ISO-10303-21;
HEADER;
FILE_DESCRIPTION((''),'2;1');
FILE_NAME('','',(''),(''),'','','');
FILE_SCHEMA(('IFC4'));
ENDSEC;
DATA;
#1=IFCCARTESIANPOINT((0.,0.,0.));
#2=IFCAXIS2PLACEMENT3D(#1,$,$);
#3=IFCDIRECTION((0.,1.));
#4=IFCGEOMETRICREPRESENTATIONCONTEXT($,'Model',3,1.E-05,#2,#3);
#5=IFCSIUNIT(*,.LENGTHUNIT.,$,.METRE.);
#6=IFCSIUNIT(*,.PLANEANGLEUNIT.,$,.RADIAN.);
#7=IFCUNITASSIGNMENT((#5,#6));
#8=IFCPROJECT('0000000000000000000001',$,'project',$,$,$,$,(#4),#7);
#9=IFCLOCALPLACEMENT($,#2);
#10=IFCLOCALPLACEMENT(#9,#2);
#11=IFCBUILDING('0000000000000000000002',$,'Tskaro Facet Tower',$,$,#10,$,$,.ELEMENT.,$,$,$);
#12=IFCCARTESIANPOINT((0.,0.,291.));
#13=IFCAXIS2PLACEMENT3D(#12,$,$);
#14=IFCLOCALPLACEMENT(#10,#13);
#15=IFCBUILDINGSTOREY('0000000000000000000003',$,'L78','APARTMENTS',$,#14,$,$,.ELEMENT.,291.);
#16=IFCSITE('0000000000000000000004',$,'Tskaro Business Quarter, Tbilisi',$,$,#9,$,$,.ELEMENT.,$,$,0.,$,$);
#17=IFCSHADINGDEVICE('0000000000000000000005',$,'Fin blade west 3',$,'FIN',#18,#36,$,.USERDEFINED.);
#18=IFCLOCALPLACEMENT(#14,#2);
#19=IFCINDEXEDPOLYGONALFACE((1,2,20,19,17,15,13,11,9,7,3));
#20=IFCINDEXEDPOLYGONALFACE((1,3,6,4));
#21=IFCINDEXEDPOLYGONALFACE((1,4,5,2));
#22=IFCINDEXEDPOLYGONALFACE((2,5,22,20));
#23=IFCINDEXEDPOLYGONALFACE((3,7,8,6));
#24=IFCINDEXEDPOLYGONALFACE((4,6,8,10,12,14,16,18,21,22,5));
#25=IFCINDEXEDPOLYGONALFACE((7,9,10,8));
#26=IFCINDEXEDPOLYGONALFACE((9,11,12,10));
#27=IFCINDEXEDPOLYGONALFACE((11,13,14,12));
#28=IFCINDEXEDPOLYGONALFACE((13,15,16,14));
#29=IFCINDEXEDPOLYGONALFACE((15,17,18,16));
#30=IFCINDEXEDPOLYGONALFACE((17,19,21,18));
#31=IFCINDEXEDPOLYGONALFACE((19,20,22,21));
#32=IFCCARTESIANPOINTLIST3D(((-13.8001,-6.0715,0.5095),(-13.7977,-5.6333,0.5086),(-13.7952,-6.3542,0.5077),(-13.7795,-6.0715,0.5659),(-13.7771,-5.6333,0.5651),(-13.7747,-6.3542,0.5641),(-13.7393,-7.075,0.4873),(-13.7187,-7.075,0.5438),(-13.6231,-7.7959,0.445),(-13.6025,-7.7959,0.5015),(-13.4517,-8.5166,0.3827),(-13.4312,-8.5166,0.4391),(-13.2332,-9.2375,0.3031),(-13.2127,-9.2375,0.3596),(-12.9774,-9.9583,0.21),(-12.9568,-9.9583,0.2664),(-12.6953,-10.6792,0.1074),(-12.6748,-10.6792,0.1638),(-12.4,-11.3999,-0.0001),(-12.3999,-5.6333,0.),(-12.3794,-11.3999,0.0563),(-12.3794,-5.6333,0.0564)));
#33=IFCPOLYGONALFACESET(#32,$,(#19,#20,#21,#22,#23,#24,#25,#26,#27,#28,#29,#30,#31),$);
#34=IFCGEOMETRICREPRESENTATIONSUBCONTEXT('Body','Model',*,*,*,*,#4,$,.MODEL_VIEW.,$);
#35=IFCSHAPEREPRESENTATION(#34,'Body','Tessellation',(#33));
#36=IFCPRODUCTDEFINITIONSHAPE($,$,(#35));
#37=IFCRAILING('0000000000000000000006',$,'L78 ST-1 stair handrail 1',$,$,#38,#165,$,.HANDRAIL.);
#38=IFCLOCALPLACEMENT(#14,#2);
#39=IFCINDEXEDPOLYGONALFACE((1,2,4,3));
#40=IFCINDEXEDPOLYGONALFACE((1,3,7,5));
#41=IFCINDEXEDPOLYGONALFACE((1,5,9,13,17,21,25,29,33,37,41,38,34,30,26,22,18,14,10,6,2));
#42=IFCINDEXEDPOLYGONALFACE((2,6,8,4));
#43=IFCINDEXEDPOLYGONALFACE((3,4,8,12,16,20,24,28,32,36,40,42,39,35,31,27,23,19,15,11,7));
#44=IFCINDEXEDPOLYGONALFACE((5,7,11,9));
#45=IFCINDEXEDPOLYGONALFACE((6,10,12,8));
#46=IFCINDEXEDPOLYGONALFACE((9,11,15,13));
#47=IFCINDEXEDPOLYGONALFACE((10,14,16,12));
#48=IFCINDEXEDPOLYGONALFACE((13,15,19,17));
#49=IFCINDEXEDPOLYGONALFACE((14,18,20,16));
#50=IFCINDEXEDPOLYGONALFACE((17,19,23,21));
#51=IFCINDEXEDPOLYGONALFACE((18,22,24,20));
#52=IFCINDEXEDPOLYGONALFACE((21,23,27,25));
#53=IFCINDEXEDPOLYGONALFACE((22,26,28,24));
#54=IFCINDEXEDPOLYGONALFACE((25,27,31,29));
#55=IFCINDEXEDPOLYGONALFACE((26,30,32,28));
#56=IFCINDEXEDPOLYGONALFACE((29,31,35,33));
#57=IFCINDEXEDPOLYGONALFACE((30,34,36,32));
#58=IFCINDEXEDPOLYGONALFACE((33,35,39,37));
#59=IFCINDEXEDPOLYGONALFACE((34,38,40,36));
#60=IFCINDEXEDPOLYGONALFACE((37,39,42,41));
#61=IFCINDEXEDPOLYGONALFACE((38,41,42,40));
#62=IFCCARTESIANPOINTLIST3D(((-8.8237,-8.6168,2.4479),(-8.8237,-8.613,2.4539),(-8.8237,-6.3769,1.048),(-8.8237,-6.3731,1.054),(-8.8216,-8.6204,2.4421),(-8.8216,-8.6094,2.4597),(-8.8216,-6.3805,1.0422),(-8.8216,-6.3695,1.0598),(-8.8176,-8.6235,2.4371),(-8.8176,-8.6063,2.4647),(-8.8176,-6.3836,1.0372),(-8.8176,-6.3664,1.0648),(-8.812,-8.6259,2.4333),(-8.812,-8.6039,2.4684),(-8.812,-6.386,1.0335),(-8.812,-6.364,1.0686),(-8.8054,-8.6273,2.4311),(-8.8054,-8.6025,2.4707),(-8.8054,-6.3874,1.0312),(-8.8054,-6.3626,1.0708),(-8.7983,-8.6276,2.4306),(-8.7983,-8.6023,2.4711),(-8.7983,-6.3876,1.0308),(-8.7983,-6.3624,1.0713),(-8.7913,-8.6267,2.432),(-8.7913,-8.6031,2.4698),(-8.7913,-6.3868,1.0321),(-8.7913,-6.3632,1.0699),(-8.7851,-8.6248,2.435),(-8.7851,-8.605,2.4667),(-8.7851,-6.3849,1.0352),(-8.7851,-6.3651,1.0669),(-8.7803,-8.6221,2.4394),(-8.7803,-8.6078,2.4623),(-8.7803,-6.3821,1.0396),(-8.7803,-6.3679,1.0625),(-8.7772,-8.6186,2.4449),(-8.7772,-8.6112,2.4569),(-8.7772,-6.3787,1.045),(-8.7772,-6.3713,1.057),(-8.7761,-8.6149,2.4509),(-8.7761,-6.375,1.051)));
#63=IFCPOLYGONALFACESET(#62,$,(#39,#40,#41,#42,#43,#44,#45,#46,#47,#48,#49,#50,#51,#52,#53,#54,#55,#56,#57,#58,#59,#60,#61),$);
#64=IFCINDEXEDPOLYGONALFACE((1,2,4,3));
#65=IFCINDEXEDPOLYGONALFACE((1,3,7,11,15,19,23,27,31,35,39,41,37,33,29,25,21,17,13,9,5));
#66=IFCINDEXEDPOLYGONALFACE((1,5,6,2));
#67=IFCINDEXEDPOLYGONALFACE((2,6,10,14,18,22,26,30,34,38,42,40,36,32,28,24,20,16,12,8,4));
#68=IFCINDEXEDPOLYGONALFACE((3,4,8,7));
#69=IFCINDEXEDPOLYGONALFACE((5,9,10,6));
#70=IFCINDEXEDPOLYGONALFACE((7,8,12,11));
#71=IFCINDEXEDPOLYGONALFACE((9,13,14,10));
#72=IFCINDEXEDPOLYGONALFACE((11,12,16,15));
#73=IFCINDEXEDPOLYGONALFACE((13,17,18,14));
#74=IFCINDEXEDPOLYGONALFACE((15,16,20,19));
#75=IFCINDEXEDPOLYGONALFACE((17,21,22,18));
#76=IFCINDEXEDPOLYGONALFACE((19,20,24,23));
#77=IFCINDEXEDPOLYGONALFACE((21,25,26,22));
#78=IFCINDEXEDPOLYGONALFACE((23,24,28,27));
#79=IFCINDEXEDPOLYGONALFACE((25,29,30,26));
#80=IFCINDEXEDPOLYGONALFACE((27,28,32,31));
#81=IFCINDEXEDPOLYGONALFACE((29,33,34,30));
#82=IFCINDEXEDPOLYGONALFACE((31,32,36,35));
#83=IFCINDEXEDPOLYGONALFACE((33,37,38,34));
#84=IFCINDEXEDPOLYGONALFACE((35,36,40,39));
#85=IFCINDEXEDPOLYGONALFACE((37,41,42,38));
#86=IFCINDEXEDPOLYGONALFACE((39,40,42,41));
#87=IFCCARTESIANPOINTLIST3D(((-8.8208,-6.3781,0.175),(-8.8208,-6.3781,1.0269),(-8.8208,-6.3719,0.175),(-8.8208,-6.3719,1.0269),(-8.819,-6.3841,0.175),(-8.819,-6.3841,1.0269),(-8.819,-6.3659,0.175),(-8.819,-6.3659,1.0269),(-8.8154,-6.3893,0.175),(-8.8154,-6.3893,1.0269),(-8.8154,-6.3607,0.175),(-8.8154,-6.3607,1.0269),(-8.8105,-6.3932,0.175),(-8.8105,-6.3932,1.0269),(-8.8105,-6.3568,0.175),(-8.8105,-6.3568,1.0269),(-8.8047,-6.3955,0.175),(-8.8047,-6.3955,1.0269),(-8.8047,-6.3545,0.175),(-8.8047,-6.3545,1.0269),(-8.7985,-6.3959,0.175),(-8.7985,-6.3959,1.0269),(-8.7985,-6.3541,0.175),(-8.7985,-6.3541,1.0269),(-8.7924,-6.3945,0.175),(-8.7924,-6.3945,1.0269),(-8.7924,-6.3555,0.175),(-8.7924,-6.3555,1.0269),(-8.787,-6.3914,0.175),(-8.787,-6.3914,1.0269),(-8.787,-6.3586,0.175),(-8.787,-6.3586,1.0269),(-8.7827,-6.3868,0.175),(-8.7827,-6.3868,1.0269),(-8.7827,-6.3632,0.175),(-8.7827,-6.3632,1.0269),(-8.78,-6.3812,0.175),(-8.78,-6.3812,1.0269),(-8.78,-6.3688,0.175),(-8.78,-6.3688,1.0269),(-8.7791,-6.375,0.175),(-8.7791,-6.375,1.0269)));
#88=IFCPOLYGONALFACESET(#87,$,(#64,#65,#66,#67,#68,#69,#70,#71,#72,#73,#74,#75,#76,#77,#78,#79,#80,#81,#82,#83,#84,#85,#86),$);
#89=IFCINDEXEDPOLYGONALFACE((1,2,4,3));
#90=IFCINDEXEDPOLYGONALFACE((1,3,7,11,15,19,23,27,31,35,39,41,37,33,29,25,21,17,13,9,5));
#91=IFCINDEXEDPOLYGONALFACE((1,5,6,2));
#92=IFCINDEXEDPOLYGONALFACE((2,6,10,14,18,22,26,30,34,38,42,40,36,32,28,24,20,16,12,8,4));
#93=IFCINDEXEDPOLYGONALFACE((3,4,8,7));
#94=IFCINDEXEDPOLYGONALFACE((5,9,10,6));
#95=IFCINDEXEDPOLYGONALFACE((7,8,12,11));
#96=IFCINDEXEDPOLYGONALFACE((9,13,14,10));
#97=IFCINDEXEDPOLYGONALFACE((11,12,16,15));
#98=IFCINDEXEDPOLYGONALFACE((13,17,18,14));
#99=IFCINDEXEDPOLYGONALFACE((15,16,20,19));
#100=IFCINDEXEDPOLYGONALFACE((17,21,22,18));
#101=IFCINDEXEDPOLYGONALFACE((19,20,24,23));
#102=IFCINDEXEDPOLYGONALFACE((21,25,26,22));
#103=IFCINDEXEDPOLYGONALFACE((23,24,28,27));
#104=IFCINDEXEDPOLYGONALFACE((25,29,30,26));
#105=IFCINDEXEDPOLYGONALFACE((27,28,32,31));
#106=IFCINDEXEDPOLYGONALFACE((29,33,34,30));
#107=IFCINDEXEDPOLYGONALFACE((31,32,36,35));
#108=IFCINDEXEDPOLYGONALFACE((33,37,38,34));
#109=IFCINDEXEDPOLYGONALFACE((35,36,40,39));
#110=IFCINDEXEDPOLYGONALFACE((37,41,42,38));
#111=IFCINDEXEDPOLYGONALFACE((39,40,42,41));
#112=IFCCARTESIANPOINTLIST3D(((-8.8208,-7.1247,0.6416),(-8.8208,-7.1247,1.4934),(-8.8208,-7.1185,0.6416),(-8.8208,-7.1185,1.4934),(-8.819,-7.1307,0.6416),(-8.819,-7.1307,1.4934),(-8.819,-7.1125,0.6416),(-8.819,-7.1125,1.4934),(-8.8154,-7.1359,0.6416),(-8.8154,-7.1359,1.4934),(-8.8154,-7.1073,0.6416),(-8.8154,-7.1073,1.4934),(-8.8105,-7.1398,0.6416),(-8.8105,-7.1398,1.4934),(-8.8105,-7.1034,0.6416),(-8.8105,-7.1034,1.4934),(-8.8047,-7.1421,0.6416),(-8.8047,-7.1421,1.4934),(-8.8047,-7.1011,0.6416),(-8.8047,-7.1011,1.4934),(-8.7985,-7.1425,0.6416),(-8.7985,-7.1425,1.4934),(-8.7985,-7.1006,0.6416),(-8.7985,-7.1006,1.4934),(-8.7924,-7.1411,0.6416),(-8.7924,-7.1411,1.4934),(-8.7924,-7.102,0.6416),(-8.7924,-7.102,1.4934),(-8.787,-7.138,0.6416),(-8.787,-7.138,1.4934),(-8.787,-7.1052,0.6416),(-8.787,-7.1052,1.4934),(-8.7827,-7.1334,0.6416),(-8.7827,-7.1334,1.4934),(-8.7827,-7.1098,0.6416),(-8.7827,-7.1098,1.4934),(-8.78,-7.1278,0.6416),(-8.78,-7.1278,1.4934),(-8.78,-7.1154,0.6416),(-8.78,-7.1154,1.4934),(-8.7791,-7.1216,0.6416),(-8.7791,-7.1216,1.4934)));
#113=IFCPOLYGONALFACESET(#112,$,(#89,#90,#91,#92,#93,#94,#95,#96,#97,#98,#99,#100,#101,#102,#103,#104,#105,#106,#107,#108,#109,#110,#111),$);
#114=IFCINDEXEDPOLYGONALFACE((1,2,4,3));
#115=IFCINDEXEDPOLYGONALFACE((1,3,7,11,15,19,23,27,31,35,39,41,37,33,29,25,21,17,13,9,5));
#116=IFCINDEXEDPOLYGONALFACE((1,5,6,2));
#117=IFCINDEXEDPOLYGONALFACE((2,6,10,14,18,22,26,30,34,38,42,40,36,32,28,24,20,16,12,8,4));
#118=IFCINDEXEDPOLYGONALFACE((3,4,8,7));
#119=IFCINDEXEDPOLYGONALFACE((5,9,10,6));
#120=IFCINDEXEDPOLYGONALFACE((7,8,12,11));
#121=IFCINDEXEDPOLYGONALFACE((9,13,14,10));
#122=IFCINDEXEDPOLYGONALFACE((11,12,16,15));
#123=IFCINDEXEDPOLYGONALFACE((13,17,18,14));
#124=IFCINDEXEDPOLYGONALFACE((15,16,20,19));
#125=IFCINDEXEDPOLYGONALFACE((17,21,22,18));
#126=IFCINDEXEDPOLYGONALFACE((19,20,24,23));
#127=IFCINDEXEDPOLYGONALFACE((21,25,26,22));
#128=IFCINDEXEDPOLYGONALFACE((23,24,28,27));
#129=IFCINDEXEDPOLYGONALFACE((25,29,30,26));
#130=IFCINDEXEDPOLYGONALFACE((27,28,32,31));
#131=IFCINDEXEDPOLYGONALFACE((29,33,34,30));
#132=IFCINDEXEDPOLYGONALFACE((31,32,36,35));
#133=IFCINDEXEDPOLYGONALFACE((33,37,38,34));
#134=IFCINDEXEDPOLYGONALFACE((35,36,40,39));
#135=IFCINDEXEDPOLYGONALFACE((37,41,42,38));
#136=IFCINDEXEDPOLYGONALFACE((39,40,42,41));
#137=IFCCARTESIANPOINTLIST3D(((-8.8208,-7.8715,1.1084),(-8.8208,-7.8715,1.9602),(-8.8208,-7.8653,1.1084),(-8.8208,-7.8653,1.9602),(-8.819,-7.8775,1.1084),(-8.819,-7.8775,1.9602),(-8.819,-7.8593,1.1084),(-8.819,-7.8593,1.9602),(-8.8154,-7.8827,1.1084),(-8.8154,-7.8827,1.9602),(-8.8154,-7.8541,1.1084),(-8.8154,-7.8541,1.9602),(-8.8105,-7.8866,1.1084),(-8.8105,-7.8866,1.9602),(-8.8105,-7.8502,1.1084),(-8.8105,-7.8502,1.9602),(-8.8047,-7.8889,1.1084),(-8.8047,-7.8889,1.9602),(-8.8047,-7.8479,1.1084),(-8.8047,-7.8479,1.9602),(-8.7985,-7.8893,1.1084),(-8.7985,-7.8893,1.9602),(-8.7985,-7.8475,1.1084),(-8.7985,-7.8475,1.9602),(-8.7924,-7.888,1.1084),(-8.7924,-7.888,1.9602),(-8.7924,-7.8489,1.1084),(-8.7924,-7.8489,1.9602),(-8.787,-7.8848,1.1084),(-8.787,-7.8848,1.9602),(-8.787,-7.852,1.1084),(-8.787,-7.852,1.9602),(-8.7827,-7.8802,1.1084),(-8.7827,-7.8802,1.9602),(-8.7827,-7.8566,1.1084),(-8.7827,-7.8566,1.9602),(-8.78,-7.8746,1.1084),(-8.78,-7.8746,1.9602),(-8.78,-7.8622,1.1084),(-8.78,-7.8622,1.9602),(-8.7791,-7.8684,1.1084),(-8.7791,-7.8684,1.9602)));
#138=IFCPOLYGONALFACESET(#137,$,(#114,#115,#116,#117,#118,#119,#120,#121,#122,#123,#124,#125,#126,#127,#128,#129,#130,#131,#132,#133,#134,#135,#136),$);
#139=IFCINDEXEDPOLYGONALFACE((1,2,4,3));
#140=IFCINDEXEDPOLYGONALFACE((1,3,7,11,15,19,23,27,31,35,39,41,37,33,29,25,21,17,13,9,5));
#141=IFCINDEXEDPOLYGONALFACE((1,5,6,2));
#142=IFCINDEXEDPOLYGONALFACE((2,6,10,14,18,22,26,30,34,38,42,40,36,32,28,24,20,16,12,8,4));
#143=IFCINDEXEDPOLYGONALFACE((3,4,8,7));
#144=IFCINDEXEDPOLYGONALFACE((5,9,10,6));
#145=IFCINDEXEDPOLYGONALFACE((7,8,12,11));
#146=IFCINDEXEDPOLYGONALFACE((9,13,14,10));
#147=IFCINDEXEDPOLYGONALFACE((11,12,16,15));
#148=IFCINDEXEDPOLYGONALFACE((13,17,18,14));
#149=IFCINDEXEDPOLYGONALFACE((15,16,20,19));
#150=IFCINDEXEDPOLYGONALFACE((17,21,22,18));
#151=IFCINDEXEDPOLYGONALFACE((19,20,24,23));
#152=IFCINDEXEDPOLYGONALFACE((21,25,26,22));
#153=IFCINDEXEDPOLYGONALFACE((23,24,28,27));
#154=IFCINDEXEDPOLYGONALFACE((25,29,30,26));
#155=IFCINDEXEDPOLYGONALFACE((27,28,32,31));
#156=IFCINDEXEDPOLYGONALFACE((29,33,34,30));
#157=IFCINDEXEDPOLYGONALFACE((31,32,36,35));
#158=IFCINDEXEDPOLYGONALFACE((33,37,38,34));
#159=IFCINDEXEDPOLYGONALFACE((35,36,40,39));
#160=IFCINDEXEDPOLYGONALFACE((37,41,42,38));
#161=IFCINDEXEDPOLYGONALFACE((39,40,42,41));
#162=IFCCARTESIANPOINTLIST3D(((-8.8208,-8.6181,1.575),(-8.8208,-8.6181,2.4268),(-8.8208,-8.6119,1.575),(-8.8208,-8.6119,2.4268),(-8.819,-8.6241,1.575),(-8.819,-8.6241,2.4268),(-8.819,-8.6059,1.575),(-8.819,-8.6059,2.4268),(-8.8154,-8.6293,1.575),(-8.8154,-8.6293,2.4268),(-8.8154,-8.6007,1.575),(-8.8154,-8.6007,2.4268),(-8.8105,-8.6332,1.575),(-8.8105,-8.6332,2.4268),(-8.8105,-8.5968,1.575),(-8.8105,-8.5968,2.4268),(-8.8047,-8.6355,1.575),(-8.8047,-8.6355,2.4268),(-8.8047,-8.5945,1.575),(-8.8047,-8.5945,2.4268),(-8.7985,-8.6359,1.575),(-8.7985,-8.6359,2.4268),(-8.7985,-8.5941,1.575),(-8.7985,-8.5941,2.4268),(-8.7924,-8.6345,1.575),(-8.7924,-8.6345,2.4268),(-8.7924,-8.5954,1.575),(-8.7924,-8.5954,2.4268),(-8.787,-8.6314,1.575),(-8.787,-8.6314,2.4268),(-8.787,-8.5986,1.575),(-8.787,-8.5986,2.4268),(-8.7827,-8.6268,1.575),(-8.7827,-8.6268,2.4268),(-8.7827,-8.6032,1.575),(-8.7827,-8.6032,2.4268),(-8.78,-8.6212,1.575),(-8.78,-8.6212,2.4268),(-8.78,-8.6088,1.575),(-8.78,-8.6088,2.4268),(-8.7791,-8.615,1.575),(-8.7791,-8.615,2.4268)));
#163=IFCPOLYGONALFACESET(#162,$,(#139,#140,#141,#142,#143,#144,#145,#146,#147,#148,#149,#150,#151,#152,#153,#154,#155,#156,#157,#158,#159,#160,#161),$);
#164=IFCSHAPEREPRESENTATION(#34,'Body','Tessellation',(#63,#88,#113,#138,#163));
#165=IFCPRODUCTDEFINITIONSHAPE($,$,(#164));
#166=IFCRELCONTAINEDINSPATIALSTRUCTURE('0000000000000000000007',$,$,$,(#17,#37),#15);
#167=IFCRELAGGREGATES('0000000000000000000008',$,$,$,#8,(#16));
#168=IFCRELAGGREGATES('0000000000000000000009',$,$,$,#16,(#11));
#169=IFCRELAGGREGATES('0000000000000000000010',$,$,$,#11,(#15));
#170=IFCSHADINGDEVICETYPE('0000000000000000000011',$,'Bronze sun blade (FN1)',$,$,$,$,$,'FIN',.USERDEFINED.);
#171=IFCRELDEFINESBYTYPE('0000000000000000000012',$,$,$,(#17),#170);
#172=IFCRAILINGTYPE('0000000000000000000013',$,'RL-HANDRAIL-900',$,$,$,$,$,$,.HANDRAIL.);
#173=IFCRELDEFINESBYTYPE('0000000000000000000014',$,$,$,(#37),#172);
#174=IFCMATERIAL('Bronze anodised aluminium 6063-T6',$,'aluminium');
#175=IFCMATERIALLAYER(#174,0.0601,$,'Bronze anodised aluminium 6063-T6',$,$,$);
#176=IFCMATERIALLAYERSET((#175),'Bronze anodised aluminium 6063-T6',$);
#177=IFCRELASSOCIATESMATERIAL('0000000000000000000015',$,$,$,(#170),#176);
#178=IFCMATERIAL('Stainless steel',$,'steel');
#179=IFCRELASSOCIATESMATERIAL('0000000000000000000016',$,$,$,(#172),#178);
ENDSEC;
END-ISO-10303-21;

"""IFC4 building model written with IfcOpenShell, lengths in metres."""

from ifc_helpers import new_model, si_unit, direction, frame, origin, origin_2d, place, context, subcontext, project, spatial, polyline, circle, outline, extrude, material, layer, layer_set, type_object, element, save


model = new_model("IFC4")

# Units and contexts
model_context = context("Model", 3, precision=1e-05, world=origin(), true_north=direction((0.0, 1.0)))
body_context = subcontext(model_context, "Body", "Model", "MODEL_VIEW")
ifc_project = project(units=[si_unit("LENGTHUNIT", "METRE"), si_unit("PLANEANGLEUNIT", "RADIAN")], contexts=[model_context])

# Site, building, storey
site_placement = place(None, origin())
site = spatial("IfcSite", under=ifc_project, at=site_placement, Name="Tskaro Business Quarter, Tbilisi", CompositionType="ELEMENT", RefElevation=0.0)
building_placement = place(site_placement, origin())
building = spatial("IfcBuilding", under=site, at=building_placement, Name="Tskaro Facet Tower", CompositionType="ELEMENT")
storey_placement = place(building_placement, frame((0.0, 0.0, 291.0)))
storey = spatial("IfcBuildingStorey", under=building, at=storey_placement, Name="L78", Description="APARTMENTS", CompositionType="ELEMENT", Elevation=291.0)

# Shared definitions
ifc_material_1 = material(Name="Bronze anodised aluminium 6063-T6", Category="aluminium")

# Shading device
ifc_layer_1 = layer(ifc_material_1, 0.0601, Name="Bronze anodised aluminium 6063-T6")
ifc_layer_set_1 = layer_set([ifc_layer_1], Name="Bronze anodised aluminium 6063-T6")
shading_device_type = type_object("IfcShadingDeviceType", Name="Bronze sun blade (FN1)", ElementType="FIN", PredefinedType="USERDEFINED", material=ifc_layer_set_1)
shading_device_placement = place(storey_placement, frame((-12.3794, -5.6333, 0.0564), z_axis=(0.341971, -0.000019, 0.939711), x_axis=(-0.000006, -1.0, -0.000018)))
element("IfcShadingDevice", 1, at=shading_device_placement, inside=storey, type_object=shading_device_type, Name="Fin blade west 3", ObjectType="FIN", PredefinedType="USERDEFINED", context=body_context, shape_type="SweptSolid", body=[
    extrude(outline(polyline([(0.0, 0.0), (5.7666, 0.0), (5.0459, -0.3143), (4.325, -0.6145), (3.6042, -0.8867), (2.8833, -1.1193), (2.1626, -1.3016), (1.4417, -1.4253), (0.7209, -1.4848), (0.4382, -1.49), (0.0, -1.4874), (0.0, 0.0)])), origin(), (0.0, 0.0, -1.0), 0.0601),
])

# Railing
ifc_material_2 = material(Name="Stainless steel", Category="steel")
railing_type = type_object("IfcRailingType", Name="RL-HANDRAIL-900", PredefinedType="HANDRAIL", material=ifc_material_2)
railing_placement = place(storey_placement, frame((-8.8, -6.375, 0.175)))
element("IfcRailing", 2, at=railing_placement, inside=storey, type_object=railing_type, Name="L78 ST-1 stair handrail 1", PredefinedType="HANDRAIL", context=body_context, shape_type="SweptSolid", body=[
    extrude(circle(Radius=0.0239, at=origin_2d()), frame((0.0, 0.0, 0.876), z_axis=(0.0, -0.848014, 0.529974), x_axis=(1.0, 0.0, 0.0)), (0.0, 0.0, 1.0), 2.6414),
    extrude(circle(Radius=0.021, at=origin_2d()), origin(), (0.0, 0.0, 1.0), 0.8518),
    extrude(circle(Radius=0.021, at=origin_2d()), frame((0.0, -0.7466, 0.4666)), (0.0, 0.0, 1.0), 0.8518),
    extrude(circle(Radius=0.021, at=origin_2d()), frame((0.0, -1.4934, 0.9333)), (0.0, 0.0, 1.0), 0.8518),
    extrude(circle(Radius=0.021, at=origin_2d()), frame((0.0, -2.24, 1.3999)), (0.0, 0.0, 1.0), 0.8518),
])

save(model, "model.ifc")
